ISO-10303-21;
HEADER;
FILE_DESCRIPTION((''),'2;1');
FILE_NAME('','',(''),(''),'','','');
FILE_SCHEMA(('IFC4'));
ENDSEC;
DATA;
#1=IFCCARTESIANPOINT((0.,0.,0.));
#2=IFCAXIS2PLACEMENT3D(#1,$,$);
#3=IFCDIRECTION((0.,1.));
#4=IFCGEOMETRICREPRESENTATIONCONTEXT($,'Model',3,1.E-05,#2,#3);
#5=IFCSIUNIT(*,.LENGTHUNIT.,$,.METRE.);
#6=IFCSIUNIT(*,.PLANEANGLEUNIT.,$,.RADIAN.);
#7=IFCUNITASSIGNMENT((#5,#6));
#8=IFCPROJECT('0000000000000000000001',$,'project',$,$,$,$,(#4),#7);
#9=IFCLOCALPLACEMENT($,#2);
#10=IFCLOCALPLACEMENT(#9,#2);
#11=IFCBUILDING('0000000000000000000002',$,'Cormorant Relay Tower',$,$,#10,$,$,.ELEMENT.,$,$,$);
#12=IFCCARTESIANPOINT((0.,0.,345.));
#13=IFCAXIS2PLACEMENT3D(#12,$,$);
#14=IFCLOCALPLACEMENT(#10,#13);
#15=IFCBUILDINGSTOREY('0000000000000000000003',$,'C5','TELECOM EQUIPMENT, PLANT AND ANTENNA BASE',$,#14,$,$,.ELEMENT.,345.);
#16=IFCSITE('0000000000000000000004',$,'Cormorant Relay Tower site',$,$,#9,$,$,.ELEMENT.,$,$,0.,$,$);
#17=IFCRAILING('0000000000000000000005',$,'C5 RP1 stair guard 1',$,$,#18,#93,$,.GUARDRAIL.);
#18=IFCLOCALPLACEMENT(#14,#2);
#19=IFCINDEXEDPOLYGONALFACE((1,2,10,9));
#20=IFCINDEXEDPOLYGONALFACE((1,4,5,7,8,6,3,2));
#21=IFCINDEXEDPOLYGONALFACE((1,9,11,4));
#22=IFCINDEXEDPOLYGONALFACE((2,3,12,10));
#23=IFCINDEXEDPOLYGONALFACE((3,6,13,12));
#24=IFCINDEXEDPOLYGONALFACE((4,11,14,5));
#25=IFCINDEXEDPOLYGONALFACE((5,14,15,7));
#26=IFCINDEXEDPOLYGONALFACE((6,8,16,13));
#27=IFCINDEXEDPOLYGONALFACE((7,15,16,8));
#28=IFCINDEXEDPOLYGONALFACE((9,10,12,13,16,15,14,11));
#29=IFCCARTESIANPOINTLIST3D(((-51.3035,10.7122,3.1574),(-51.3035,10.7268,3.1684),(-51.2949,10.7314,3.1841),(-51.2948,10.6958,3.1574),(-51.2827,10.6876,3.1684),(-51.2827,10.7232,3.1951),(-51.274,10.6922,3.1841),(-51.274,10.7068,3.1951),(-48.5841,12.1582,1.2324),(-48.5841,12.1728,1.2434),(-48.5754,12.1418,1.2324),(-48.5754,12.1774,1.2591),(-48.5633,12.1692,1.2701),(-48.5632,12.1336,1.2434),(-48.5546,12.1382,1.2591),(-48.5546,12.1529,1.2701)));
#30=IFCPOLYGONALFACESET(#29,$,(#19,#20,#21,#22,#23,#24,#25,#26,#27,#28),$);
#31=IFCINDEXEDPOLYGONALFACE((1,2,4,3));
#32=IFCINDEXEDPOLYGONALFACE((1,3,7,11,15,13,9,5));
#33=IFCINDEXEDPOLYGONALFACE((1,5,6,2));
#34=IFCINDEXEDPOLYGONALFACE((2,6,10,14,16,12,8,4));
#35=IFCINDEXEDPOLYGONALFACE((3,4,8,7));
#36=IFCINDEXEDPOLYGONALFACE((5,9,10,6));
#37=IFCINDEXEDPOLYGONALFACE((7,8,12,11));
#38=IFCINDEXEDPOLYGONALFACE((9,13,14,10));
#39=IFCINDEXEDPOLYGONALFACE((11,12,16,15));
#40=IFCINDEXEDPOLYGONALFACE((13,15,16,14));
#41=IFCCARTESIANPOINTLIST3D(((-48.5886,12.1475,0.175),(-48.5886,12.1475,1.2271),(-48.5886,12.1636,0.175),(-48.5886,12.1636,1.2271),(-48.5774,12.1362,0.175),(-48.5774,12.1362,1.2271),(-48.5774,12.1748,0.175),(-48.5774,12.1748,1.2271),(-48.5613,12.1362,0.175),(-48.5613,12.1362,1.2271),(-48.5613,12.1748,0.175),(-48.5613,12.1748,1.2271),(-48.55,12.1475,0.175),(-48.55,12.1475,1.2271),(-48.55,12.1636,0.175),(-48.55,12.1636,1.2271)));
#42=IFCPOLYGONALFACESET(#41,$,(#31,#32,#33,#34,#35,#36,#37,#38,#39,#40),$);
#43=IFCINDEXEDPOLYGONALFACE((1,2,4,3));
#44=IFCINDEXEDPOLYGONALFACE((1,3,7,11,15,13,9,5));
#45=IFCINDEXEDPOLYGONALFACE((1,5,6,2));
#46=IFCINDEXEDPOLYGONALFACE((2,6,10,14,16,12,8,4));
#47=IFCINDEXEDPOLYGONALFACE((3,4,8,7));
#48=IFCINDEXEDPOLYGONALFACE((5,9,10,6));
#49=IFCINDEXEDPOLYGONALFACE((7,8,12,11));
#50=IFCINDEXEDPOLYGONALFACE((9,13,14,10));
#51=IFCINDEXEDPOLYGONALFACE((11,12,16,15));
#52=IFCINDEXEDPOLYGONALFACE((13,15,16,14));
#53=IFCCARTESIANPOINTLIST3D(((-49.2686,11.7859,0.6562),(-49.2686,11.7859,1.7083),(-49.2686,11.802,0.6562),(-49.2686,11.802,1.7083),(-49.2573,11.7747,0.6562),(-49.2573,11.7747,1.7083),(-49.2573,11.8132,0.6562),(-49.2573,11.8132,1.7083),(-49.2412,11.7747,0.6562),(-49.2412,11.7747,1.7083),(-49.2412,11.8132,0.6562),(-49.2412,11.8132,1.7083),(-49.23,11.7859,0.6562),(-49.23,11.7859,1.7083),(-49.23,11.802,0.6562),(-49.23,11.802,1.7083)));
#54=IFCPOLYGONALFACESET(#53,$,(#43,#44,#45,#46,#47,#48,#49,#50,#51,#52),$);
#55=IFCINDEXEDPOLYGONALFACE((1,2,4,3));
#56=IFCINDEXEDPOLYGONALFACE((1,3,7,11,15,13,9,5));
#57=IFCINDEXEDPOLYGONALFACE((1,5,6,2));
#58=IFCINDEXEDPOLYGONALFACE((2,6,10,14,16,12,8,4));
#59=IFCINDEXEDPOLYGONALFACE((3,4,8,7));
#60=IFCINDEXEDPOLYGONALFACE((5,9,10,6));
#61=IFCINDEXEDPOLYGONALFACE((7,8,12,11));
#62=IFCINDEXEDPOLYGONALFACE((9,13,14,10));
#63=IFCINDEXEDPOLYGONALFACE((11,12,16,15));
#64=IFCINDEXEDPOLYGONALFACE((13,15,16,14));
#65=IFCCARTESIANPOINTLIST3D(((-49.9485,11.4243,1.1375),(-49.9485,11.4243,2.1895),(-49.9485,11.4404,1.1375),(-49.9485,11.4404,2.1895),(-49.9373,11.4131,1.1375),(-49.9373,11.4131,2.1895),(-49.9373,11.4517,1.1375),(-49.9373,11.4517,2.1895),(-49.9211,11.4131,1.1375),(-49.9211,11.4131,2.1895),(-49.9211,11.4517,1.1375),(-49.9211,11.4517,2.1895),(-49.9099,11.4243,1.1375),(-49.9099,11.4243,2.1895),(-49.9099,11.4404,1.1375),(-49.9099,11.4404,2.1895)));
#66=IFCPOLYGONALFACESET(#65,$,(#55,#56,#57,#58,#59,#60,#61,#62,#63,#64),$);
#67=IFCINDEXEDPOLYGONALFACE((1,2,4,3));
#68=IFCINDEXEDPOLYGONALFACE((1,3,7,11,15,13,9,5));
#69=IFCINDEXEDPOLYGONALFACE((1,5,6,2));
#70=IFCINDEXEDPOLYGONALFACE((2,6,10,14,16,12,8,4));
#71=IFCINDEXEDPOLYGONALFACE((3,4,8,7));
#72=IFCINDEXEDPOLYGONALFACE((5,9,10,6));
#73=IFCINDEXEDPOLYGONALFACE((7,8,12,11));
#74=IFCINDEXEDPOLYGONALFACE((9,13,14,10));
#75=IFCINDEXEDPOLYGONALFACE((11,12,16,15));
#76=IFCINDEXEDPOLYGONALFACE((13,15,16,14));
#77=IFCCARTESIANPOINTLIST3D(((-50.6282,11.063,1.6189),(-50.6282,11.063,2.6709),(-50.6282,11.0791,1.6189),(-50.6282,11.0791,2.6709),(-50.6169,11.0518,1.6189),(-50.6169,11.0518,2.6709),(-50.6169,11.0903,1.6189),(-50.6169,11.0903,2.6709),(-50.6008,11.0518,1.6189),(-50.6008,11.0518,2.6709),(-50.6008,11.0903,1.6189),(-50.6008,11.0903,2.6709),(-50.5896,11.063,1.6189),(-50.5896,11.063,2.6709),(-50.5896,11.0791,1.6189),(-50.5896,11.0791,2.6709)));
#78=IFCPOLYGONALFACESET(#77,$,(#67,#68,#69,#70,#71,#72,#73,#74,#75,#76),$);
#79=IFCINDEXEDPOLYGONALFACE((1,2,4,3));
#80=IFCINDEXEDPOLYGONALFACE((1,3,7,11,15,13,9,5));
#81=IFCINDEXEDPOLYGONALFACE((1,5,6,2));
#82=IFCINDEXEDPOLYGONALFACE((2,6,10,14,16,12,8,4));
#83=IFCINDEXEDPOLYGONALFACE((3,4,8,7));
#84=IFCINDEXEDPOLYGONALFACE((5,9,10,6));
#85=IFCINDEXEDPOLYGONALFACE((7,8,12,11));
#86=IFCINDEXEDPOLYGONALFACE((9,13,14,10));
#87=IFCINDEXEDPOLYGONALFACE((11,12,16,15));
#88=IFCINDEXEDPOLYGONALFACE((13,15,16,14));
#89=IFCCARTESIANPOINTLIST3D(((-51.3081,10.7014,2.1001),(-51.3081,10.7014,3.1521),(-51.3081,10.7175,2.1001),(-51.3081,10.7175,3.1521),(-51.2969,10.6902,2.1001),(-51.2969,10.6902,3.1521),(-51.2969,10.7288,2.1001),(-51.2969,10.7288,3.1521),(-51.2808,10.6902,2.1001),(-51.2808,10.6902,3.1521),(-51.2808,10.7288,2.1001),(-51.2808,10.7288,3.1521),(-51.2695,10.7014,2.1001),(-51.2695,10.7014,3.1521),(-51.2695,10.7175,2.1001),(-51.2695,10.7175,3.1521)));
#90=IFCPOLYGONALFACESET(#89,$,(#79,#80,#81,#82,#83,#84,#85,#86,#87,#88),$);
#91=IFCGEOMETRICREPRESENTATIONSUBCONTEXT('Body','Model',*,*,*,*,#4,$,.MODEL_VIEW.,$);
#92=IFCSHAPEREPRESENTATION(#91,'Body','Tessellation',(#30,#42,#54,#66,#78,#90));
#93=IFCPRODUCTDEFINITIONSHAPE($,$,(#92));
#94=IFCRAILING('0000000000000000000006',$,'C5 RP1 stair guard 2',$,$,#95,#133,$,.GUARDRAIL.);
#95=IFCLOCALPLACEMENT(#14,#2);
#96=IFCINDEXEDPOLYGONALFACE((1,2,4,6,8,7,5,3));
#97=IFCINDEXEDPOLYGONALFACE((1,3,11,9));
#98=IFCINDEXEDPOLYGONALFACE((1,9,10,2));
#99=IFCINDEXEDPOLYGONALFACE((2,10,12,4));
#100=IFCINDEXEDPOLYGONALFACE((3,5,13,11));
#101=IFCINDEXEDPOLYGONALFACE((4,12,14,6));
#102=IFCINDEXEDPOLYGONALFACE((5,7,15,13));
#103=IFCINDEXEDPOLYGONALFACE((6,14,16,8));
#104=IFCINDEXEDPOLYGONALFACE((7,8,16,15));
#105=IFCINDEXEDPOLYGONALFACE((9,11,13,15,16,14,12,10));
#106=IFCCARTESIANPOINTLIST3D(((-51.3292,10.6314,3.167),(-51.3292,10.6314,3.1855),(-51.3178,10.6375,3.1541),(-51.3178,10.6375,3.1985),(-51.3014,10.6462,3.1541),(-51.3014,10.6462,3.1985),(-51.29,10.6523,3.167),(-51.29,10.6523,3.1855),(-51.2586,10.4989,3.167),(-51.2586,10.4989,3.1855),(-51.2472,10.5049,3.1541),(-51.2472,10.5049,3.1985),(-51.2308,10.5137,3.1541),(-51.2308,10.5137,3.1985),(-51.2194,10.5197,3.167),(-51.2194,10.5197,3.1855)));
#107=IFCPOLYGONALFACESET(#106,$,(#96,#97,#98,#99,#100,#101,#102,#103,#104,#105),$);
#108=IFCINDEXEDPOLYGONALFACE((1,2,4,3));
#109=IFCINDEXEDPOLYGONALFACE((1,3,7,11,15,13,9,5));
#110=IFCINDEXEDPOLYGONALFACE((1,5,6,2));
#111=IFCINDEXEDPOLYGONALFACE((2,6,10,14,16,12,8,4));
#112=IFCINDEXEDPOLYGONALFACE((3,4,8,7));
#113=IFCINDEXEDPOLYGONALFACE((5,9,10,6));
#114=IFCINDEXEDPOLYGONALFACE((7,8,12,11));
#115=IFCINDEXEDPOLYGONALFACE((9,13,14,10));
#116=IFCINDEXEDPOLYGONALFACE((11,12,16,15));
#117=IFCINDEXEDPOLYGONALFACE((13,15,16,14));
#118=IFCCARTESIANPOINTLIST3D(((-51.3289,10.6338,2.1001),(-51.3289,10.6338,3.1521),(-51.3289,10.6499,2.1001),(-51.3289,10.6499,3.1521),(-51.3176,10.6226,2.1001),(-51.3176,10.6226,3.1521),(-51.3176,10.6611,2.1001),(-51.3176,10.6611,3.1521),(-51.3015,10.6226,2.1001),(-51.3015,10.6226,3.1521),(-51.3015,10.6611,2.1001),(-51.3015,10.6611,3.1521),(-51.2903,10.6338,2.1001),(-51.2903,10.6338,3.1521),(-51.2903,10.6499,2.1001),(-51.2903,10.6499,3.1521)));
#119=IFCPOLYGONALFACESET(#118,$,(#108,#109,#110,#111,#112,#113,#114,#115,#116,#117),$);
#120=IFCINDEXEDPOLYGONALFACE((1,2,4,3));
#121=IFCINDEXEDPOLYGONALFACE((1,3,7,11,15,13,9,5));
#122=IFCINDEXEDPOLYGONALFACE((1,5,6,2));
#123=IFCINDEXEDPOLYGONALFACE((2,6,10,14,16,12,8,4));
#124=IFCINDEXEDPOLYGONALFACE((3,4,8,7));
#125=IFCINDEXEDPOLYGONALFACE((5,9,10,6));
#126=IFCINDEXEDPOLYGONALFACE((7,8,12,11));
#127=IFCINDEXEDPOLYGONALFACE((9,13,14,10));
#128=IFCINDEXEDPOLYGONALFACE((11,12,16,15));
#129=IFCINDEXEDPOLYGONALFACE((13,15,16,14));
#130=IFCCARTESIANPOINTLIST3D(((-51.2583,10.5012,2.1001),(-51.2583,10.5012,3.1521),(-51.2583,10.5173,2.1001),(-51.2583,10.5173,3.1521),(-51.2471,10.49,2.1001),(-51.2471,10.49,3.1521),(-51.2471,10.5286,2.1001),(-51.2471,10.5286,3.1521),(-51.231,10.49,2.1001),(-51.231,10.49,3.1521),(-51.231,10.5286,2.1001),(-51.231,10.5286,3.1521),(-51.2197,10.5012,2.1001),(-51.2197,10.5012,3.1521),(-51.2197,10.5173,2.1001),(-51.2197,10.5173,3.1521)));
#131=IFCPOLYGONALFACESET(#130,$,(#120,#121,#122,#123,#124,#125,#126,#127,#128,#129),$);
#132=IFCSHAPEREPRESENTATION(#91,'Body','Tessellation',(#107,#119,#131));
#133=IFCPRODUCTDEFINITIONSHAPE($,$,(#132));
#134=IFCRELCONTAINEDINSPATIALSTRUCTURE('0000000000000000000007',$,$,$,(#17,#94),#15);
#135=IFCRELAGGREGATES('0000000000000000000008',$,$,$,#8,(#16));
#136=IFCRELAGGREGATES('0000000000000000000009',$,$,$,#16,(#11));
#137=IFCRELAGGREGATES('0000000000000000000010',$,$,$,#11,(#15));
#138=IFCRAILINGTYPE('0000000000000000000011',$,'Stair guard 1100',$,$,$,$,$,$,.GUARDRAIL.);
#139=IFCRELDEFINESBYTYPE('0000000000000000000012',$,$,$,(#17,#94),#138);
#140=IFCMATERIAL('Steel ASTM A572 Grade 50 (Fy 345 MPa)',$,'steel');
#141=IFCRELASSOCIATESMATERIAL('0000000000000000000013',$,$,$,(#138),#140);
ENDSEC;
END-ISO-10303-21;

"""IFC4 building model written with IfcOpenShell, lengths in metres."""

from ifc_helpers import new_model, si_unit, direction, frame, origin, place, context, subcontext, project, spatial, polyline, outline, extrude, material, type_object, element, save


model = new_model("IFC4")

# Units and contexts
model_context = context("Model", 3, precision=1e-05, world=origin(), true_north=direction((0.0, 1.0)))
body_context = subcontext(model_context, "Body", "Model", "MODEL_VIEW")
ifc_project = project(units=[si_unit("LENGTHUNIT", "METRE"), si_unit("PLANEANGLEUNIT", "RADIAN")], contexts=[model_context])

# Site, building, storey
site_placement = place(None, origin())
site = spatial("IfcSite", under=ifc_project, at=site_placement, Name="Cormorant Relay Tower site", CompositionType="ELEMENT", RefElevation=0.0)
building_placement = place(site_placement, origin())
building = spatial("IfcBuilding", under=site, at=building_placement, Name="Cormorant Relay Tower", CompositionType="ELEMENT")
storey_placement = place(building_placement, frame((0.0, 0.0, 345.0)))
storey = spatial("IfcBuildingStorey", under=building, at=storey_placement, Name="C5", Description="TELECOM EQUIPMENT, PLANT AND ANTENNA BASE", CompositionType="ELEMENT", Elevation=345.0)

# Railings
ifc_material_1 = material(Name="Steel ASTM A572 Grade 50 (Fy 345 MPa)", Category="steel")
railing_type_1 = type_object("IfcRailingType", Name="Stair guard 1100", PredefinedType="GUARDRAIL", material=ifc_material_1)
railing_1_placement = place(storey_placement, frame((-48.5693, 12.1555, 0.175)))
element("IfcRailing", 1, at=railing_1_placement, inside=storey, type_object=railing_type_1, Name="C5 RP1 stair guard 1", PredefinedType="GUARDRAIL", context=body_context, shape_type="SweptSolid", body=[
    extrude(outline(polyline([(0.0222, 0.0093), (0.0093, 0.0222), (-0.0093, 0.0222), (-0.0222, 0.0093), (-0.0222, -0.0093), (-0.0093, -0.0222), (0.0093, -0.0222), (0.0222, -0.0093), (0.0222, 0.0093)])), frame((0.0, 0.0, 1.0762), z_axis=(-0.748727, -0.398125, 0.530004), x_axis=(0.469489, -0.882938, 0.0)), (0.0, 0.0, 1.0), 3.6321),
    extrude(outline(polyline([(0.0193, 0.0081), (0.0081, 0.0193), (-0.0081, 0.0193), (-0.0193, 0.0081), (-0.0193, -0.0081), (-0.0081, -0.0193), (0.0081, -0.0193), (0.0193, -0.0081), (0.0193, 0.0081)])), origin(), (0.0, 0.0, 1.0), 1.052),
    extrude(outline(polyline([(0.0193, 0.0081), (0.0081, 0.0193), (-0.0081, 0.0193), (-0.0193, 0.0081), (-0.0193, -0.0081), (-0.0081, -0.0193), (0.0081, -0.0193), (0.0193, -0.0081), (0.0193, 0.0081)])), frame((-0.6799, -0.3616, 0.4812)), (0.0, 0.0, 1.0), 1.052),
    extrude(outline(polyline([(0.0193, 0.0081), (0.0081, 0.0193), (-0.0081, 0.0193), (-0.0193, 0.0081), (-0.0193, -0.0081), (-0.0081, -0.0193), (0.0081, -0.0193), (0.0193, -0.0081), (0.0193, 0.0081)])), frame((-1.3599, -0.7231, 0.9624)), (0.0, 0.0, 1.0), 1.052),
    extrude(outline(polyline([(0.0193, 0.0081), (0.0081, 0.0193), (-0.0081, 0.0193), (-0.0193, 0.0081), (-0.0193, -0.0081), (-0.0081, -0.0193), (0.0081, -0.0193), (0.0193, -0.0081), (0.0193, 0.0081)])), frame((-2.0396, -1.0845, 1.4438)), (0.0, 0.0, 1.0), 1.052),
    extrude(outline(polyline([(0.0193, 0.0081), (0.0081, 0.0193), (-0.0081, 0.0193), (-0.0193, 0.0081), (-0.0193, -0.0081), (-0.0081, -0.0193), (0.0081, -0.0193), (0.0193, -0.0081), (0.0193, 0.0081)])), frame((-2.7195, -1.446, 1.925)), (0.0, 0.0, 1.0), 1.052),
])
railing_2_placement = place(storey_placement, frame((-51.3096, 10.6418, 2.1001)))
element("IfcRailing", 2, at=railing_2_placement, inside=storey, type_object=railing_type_1, Name="C5 RP1 stair guard 2", PredefinedType="GUARDRAIL", context=body_context, shape_type="SweptSolid", body=[
    extrude(outline(polyline([(0.0222, 0.0093), (0.0093, 0.0222), (-0.0093, 0.0222), (-0.0222, 0.0093), (-0.0222, -0.0093), (-0.0093, -0.0222), (0.0093, -0.0222), (0.0222, -0.0093), (0.0222, 0.0093)])), frame((0.0, 0.0, 1.0762), z_axis=(0.469829, -0.882758, 0.0), x_axis=(0.882758, 0.469829, 0.0)), (0.0, 0.0, 1.0), 0.1501),
    extrude(outline(polyline([(0.0193, 0.0081), (0.0081, 0.0193), (-0.0081, 0.0193), (-0.0193, 0.0081), (-0.0193, -0.0081), (-0.0081, -0.0193), (0.0081, -0.0193), (0.0193, -0.0081), (0.0193, 0.0081)])), origin(), (0.0, 0.0, 1.0), 1.052),
    extrude(outline(polyline([(0.0193, 0.0081), (0.0081, 0.0193), (-0.0081, 0.0193), (-0.0193, 0.0081), (-0.0193, -0.0081), (-0.0081, -0.0193), (0.0081, -0.0193), (0.0193, -0.0081), (0.0193, 0.0081)])), frame((0.0706, -0.1326, 0.0)), (0.0, 0.0, 1.0), 1.052),
])

save(model, "model.ifc")
